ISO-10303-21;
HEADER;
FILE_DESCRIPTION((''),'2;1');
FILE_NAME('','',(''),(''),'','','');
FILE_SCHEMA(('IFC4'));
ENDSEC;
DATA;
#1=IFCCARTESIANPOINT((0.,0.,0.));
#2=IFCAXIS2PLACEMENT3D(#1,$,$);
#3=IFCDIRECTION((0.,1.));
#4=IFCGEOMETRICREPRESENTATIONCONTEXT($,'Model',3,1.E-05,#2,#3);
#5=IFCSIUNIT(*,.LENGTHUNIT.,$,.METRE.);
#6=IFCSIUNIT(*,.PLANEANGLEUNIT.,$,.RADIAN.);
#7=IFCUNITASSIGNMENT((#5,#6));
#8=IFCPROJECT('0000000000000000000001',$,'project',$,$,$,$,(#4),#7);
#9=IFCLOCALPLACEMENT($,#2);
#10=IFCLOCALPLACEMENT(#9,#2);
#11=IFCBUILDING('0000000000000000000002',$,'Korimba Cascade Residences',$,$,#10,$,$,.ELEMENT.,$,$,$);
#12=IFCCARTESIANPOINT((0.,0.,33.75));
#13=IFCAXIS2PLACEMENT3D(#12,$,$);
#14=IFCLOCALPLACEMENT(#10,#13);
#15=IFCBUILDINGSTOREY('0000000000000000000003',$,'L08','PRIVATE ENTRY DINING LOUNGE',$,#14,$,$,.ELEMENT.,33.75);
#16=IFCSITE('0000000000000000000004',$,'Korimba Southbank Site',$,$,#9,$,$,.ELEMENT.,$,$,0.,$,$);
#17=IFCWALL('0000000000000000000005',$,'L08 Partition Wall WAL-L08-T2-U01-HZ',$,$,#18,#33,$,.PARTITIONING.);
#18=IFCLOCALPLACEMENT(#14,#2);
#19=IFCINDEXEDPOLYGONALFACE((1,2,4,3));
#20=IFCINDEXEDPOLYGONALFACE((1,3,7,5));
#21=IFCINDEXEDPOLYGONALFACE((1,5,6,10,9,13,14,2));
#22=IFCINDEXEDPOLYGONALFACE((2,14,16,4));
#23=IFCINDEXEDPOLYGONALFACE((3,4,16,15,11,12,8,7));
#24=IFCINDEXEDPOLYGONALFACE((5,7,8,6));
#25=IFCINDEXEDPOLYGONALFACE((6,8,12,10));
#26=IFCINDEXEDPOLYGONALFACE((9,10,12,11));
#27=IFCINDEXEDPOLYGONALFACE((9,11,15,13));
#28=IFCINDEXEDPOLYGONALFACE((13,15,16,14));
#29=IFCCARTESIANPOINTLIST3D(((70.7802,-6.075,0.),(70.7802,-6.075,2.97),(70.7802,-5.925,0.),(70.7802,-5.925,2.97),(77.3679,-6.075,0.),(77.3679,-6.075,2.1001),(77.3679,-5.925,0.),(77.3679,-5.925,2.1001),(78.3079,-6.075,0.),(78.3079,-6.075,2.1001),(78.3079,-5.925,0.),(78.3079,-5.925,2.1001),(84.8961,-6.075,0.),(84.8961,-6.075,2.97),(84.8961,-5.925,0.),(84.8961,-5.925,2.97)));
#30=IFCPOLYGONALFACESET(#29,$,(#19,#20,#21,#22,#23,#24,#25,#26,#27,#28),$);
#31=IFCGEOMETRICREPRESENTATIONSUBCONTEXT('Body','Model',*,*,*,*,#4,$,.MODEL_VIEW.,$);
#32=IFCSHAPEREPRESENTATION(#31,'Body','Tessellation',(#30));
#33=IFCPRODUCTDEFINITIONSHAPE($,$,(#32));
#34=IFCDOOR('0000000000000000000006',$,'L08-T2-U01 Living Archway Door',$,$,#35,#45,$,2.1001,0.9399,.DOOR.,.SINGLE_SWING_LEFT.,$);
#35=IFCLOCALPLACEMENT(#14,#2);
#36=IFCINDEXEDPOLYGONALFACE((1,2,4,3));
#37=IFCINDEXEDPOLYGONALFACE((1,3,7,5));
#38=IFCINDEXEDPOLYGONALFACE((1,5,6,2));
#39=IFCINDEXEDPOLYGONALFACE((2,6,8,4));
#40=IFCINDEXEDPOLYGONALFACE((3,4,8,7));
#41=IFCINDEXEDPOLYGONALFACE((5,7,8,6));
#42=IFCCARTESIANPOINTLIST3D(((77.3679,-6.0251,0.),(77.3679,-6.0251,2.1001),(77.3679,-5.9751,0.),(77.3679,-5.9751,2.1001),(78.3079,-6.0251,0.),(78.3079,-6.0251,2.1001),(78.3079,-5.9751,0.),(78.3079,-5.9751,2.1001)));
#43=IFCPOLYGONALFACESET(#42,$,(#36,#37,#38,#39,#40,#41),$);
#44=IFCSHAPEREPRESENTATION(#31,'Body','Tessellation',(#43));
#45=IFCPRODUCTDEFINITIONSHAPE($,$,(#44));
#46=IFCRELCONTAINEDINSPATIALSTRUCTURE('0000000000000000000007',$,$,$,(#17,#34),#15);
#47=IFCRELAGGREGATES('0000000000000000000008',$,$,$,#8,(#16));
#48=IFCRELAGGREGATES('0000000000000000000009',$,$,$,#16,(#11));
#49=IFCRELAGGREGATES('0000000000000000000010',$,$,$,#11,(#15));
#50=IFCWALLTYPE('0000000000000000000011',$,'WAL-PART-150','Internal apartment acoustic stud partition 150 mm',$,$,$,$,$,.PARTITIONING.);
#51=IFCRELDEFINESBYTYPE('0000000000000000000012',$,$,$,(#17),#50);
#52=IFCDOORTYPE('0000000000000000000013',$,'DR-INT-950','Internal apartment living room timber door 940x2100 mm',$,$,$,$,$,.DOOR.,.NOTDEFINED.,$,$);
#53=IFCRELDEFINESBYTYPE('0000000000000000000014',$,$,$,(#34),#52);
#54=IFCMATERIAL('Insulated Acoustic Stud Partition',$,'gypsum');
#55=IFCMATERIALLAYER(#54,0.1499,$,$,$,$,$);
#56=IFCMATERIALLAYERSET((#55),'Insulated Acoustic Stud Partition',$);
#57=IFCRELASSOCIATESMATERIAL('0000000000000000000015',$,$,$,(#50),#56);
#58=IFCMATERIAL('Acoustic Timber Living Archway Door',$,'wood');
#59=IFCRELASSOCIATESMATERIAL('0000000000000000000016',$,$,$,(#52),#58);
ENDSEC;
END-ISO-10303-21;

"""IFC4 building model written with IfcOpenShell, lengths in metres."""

from ifc_helpers import new_model, si_unit, direction, frame, frame_2d, origin, place, context, subcontext, project, spatial, rectangle, extrude, material, layer, layer_set, type_object, element, fill, save


model = new_model("IFC4")

# Units and contexts
model_context = context("Model", 3, precision=1e-05, world=origin(), true_north=direction((0.0, 1.0)))
body_context = subcontext(model_context, "Body", "Model", "MODEL_VIEW")
ifc_project = project(units=[si_unit("LENGTHUNIT", "METRE"), si_unit("PLANEANGLEUNIT", "RADIAN")], contexts=[model_context])

# Site, building, storey
site_placement = place(None, origin())
site = spatial("IfcSite", under=ifc_project, at=site_placement, Name="Korimba Southbank Site", CompositionType="ELEMENT", RefElevation=0.0)
building_placement = place(site_placement, origin())
building = spatial("IfcBuilding", under=site, at=building_placement, Name="Korimba Cascade Residences", CompositionType="ELEMENT")
storey_placement = place(building_placement, frame((0.0, 0.0, 33.75)))
storey = spatial("IfcBuildingStorey", under=building, at=storey_placement, Name="L08", Description="PRIVATE ENTRY DINING LOUNGE", CompositionType="ELEMENT", Elevation=33.75)

# Wall, opening, door
ifc_material_1 = material(Name="Insulated Acoustic Stud Partition", Category="gypsum")
ifc_layer_1 = layer(ifc_material_1, 0.1499)
ifc_layer_set_1 = layer_set([ifc_layer_1], Name="Insulated Acoustic Stud Partition")
wall_type_1 = type_object("IfcWallType", Name="WAL-PART-150", Description="Internal apartment acoustic stud partition 150 mm", PredefinedType="PARTITIONING", material=ifc_layer_set_1)
wall_1_placement = place(storey_placement, frame((70.78, -6.0, 0.0), z_axis=(0.0, 0.0, 1.0), x_axis=(1.0, 0.0, 0.0)))
wall_1 = element("IfcWall", 1, at=wall_1_placement, inside=storey, type_object=wall_type_1, Name="L08 Partition Wall WAL-L08-T2-U01-HZ", PredefinedType="PARTITIONING", context=body_context, shape_type="SweptSolid", body=[
    extrude(rectangle(XDim=14.116, YDim=0.1499, at=frame_2d((7.0581, 0.0))), origin(), (0.0, 0.0, 1.0), 2.97),
])
opening_1_placement = place(wall_1_placement, frame((6.5879, 0.0, 0.0)))
opening_1 = element("IfcOpeningElement", 2, at=opening_1_placement, cuts=wall_1, PredefinedType="OPENING", context=body_context, shape_type="SweptSolid", body=[
    extrude(rectangle(XDim=0.9399, YDim=2.1001, at=frame_2d((0.47, 1.05))), frame((0.0, 0.085, 0.0), z_axis=(0.0, -1.0, 0.0), x_axis=(1.0, 0.0, 0.0)), (0.0, 0.0, 1.0), 0.1699),
])
ifc_material_2 = material(Name="Acoustic Timber Living Archway Door", Category="wood")
door_type_1 = type_object("IfcDoorType", Name="DR-INT-950", Description="Internal apartment living room timber door 940x2100 mm", OperationType="NOTDEFINED", PredefinedType="DOOR", material=ifc_material_2)
door_1_placement = place(opening_1_placement, origin())
door_1 = element("IfcDoor", 3, at=door_1_placement, inside=storey, type_object=door_type_1, Name="L08-T2-U01 Living Archway Door", OperationType="SINGLE_SWING_LEFT", OverallHeight=2.1001, OverallWidth=0.9399, PredefinedType="DOOR", context=body_context, shape_type="SweptSolid", body=[
    extrude(rectangle(XDim=0.9399, YDim=2.1001, at=frame_2d((0.47, 1.05))), frame((0.0, 0.0249, 0.0), z_axis=(0.0, -1.0, 0.0), x_axis=(1.0, 0.0, 0.0)), (0.0, 0.0, 1.0), 0.05),
])
fill(opening_1, door_1)

save(model, "model.ifc")
